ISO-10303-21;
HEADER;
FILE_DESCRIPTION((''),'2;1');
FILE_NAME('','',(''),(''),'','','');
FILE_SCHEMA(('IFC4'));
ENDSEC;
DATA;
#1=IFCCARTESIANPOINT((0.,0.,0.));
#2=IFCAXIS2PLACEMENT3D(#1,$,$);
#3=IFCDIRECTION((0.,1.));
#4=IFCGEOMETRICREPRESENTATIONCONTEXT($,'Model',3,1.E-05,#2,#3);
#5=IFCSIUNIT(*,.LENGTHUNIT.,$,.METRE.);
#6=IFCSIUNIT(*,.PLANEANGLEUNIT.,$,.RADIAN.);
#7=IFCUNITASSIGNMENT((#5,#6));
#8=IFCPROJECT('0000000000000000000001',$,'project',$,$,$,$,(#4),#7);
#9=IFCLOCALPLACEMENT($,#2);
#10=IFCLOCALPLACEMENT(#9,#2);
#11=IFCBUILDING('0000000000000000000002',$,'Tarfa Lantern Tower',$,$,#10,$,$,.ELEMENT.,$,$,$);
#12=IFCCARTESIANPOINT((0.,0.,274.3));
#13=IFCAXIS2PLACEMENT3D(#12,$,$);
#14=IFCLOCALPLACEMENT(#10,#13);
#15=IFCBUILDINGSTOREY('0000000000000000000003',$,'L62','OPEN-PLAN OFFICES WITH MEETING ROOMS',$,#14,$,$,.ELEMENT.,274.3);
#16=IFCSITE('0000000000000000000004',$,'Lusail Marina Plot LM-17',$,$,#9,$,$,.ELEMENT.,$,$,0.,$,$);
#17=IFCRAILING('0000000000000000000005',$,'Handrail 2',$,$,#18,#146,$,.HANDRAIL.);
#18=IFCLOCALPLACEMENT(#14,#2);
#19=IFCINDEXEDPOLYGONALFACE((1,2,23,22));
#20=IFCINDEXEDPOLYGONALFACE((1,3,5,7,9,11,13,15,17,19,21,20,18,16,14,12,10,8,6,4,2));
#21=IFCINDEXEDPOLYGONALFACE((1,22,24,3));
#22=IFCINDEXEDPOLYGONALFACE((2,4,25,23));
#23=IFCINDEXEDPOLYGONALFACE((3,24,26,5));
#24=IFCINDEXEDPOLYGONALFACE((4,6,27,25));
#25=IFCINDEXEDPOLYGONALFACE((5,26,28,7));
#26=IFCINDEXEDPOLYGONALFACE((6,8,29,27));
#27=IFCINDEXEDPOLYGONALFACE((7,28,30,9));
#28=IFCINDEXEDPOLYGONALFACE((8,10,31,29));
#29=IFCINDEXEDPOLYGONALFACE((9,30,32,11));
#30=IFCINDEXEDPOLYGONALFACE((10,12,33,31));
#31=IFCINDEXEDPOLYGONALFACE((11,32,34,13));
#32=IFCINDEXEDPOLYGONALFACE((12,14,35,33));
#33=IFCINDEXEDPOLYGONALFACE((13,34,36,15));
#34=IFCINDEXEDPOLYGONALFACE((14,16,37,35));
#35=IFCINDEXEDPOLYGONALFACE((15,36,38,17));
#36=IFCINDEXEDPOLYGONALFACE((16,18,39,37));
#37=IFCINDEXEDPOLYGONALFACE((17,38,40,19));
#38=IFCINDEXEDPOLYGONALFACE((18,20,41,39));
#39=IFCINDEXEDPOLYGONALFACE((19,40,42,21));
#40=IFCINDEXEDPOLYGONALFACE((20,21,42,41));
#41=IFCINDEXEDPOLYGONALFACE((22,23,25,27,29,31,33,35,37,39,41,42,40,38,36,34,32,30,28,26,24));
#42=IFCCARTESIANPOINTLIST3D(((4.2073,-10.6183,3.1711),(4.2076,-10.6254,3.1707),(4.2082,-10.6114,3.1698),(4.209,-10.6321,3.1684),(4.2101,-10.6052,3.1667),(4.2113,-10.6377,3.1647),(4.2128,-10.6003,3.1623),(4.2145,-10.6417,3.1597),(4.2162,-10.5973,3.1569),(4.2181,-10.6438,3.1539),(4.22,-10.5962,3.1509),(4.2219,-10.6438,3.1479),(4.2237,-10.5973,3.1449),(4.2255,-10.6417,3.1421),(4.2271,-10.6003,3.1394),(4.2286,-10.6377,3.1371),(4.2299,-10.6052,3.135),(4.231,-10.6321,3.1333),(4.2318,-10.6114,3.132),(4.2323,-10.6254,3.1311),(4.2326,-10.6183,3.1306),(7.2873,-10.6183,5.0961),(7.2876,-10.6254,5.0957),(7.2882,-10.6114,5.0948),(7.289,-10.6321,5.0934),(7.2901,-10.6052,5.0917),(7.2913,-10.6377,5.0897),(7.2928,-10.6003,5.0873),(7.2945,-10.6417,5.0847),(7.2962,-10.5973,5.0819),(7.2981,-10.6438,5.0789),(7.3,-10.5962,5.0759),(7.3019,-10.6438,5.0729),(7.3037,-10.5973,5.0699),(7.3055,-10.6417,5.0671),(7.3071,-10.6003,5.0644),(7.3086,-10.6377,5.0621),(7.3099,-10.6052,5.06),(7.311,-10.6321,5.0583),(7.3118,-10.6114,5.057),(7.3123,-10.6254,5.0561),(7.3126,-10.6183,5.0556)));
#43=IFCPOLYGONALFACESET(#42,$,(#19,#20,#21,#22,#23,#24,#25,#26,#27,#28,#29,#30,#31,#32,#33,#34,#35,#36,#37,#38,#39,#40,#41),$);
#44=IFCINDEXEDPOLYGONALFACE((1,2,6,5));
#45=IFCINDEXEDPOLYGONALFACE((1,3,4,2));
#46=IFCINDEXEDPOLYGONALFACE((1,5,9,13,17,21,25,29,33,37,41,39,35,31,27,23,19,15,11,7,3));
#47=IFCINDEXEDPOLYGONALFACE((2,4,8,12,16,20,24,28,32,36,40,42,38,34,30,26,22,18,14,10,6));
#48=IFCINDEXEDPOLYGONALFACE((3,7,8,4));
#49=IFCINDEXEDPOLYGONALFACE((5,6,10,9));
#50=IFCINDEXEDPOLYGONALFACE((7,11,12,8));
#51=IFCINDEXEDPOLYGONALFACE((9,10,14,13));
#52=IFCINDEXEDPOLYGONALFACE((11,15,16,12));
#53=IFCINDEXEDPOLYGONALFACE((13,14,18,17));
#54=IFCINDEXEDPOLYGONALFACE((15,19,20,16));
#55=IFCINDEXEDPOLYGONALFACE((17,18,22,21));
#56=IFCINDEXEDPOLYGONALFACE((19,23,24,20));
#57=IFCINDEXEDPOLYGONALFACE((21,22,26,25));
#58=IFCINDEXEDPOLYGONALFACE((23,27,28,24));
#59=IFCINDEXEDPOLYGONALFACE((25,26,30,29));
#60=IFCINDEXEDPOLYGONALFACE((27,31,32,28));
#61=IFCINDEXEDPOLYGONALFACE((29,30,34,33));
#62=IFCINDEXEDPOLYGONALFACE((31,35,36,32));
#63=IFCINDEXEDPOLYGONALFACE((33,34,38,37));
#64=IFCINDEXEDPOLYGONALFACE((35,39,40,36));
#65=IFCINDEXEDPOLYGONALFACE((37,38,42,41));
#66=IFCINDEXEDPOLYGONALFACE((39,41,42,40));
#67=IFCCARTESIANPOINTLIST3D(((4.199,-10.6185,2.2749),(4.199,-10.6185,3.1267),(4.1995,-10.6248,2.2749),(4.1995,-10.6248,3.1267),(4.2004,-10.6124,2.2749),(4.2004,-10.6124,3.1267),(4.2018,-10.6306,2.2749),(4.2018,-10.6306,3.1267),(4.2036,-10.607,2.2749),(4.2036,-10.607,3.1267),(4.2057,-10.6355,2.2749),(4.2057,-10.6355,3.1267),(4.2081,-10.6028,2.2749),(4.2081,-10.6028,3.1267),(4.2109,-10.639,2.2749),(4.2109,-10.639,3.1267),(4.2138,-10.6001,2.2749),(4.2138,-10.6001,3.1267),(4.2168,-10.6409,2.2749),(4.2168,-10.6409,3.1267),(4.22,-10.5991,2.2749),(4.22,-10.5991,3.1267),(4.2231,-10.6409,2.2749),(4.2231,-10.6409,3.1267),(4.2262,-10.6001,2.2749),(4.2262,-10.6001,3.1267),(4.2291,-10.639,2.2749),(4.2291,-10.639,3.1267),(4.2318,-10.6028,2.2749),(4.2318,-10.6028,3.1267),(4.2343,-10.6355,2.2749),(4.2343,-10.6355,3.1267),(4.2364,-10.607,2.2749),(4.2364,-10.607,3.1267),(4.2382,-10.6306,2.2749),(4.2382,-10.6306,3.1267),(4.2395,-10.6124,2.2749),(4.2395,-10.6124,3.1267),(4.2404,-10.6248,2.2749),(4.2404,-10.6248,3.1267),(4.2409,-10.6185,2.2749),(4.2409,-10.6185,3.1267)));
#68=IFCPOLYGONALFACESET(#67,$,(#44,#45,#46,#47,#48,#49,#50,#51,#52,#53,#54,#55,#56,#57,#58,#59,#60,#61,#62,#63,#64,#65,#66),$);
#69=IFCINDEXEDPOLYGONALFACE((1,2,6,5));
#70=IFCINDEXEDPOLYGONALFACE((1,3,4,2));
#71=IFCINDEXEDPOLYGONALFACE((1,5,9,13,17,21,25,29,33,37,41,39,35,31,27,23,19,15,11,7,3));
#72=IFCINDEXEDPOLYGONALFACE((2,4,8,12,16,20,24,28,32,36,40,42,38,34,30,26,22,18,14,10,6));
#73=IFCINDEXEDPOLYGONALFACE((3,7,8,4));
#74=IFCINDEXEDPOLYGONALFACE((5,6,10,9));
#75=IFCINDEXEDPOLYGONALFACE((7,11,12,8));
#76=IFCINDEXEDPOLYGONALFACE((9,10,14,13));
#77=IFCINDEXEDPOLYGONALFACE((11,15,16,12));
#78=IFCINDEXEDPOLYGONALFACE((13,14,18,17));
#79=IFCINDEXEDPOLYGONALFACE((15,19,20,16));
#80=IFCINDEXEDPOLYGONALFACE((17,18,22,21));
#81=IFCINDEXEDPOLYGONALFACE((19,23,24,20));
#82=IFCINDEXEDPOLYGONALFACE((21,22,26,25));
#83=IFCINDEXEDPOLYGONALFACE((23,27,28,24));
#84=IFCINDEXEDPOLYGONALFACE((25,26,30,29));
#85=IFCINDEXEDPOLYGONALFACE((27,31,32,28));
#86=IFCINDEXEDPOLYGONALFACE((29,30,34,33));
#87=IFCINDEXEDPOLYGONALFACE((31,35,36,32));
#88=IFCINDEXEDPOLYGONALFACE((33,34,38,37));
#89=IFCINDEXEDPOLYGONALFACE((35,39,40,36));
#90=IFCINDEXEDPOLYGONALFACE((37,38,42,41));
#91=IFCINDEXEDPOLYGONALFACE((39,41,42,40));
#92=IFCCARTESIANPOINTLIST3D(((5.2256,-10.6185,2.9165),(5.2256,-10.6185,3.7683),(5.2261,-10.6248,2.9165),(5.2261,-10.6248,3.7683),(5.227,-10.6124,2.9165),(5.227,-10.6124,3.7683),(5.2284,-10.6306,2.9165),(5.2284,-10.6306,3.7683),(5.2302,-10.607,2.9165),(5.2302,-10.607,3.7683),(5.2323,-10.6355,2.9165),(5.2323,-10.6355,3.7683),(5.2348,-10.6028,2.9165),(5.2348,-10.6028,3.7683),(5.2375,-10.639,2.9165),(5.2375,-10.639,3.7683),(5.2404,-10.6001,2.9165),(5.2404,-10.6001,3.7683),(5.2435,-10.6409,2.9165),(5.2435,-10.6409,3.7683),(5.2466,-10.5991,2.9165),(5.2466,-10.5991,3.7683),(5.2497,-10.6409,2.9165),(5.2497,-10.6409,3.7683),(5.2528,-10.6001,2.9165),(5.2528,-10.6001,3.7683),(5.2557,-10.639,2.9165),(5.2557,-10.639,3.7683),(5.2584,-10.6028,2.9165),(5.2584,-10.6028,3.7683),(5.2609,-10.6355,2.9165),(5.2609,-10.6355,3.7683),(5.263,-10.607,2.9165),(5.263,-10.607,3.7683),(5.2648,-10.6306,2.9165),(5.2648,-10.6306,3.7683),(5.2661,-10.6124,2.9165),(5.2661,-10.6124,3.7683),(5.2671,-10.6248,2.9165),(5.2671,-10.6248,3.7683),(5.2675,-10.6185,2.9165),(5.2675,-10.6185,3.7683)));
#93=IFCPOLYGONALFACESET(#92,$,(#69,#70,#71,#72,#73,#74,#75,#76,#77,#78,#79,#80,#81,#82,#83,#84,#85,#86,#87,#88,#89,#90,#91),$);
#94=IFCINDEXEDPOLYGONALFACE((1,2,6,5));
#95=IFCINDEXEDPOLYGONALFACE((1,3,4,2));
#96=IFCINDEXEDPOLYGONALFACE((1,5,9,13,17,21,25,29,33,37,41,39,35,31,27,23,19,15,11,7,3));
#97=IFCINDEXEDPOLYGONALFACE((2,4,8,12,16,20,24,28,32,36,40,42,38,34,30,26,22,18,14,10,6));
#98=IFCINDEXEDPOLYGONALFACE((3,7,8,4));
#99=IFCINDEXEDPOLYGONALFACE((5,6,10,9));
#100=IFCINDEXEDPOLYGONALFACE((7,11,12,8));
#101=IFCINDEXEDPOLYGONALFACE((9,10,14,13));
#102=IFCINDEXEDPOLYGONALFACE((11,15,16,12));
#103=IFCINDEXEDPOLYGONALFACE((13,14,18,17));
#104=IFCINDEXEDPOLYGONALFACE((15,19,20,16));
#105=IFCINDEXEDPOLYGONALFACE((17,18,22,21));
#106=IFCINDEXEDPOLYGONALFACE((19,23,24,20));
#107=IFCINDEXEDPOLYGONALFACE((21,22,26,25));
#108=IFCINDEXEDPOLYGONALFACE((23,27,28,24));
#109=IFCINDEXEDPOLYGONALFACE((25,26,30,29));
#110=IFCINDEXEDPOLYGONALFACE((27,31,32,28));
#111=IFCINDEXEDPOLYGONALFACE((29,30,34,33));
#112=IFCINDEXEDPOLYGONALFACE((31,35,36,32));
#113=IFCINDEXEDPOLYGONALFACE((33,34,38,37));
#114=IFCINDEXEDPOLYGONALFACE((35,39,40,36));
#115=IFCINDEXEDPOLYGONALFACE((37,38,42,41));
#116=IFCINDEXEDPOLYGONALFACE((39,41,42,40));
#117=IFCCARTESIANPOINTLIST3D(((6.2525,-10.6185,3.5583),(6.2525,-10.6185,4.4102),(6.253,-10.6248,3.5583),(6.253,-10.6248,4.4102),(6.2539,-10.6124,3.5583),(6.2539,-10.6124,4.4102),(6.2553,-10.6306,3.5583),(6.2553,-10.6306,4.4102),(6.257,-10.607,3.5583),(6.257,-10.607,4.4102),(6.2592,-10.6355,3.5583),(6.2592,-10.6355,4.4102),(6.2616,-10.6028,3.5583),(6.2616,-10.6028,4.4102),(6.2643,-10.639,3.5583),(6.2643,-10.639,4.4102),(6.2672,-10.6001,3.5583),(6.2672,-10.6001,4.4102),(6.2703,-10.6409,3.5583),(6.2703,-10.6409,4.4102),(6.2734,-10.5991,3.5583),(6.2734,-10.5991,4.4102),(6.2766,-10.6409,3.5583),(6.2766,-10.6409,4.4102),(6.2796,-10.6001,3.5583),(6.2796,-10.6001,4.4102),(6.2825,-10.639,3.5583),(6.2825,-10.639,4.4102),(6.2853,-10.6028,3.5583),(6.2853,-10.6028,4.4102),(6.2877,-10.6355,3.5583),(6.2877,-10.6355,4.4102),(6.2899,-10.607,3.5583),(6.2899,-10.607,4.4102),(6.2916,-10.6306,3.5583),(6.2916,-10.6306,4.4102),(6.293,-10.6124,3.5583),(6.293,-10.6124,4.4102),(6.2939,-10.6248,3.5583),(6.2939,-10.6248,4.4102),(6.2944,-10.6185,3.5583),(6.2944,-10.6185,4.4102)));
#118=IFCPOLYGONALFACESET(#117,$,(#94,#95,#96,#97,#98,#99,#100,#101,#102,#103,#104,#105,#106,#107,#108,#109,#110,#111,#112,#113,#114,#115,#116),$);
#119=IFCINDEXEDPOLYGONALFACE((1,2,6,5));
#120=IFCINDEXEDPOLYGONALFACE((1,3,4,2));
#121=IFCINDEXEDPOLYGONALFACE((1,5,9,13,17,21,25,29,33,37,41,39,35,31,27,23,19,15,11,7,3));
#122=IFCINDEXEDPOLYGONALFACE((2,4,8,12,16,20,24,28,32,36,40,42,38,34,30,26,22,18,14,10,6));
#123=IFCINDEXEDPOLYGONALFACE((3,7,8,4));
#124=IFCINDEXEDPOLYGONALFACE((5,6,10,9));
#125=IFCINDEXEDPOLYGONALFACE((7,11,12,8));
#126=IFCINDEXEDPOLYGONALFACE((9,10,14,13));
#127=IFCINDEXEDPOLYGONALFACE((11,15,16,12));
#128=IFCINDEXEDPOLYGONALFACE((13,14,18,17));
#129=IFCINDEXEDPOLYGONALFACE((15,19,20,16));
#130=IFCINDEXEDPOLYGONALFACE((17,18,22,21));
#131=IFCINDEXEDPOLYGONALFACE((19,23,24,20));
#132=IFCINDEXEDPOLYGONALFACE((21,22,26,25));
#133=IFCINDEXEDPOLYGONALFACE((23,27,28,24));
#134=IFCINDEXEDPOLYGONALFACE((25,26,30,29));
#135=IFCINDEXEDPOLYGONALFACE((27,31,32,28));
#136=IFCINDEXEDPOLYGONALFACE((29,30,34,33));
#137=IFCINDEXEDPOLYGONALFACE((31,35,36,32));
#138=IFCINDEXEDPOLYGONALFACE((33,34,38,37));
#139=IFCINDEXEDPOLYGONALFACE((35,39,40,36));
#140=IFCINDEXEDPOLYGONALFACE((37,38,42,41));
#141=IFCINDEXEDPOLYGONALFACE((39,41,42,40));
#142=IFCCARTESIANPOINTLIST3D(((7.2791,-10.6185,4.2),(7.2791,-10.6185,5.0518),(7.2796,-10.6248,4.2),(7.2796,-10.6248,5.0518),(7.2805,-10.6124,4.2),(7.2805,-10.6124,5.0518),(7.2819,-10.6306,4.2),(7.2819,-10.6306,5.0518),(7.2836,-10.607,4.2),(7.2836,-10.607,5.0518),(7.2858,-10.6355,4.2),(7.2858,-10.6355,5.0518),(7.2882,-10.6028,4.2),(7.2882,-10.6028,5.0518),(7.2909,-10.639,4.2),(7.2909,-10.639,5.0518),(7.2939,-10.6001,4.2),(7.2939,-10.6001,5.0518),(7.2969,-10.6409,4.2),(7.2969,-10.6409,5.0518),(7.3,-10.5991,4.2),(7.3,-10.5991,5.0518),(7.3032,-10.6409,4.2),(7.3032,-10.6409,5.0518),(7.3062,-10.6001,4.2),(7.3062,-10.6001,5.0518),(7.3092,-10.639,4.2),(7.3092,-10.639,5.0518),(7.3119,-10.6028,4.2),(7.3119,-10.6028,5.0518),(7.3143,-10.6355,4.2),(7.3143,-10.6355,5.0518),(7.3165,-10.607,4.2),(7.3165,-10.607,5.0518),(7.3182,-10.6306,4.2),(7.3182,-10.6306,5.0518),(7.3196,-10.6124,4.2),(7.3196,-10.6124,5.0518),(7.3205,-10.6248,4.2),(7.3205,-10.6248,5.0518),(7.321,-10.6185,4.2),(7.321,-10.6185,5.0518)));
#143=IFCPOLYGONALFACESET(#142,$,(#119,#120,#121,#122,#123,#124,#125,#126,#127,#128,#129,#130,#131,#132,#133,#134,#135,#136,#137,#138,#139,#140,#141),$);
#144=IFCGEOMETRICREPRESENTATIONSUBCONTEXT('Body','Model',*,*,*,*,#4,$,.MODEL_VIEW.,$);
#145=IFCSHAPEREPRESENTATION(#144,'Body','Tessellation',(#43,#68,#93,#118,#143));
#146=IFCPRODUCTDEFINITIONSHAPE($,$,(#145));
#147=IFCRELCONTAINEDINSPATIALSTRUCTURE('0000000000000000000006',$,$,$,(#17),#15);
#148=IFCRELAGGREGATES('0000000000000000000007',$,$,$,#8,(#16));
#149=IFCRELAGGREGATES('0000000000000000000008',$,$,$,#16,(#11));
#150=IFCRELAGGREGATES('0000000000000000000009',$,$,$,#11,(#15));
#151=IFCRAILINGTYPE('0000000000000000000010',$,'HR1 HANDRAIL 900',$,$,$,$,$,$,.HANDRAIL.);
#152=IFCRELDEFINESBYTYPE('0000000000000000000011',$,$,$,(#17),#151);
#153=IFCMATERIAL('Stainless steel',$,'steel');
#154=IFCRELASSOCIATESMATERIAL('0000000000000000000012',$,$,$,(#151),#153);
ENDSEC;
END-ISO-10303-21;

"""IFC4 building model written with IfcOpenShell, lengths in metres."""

from ifc_helpers import new_model, si_unit, direction, frame, origin, origin_2d, place, context, subcontext, project, spatial, circle, extrude, material, type_object, element, save


model = new_model("IFC4")

# Units and contexts
model_context = context("Model", 3, precision=1e-05, world=origin(), true_north=direction((0.0, 1.0)))
body_context = subcontext(model_context, "Body", "Model", "MODEL_VIEW")
ifc_project = project(units=[si_unit("LENGTHUNIT", "METRE"), si_unit("PLANEANGLEUNIT", "RADIAN")], contexts=[model_context])

# Site, building, storey
site_placement = place(None, origin())
site = spatial("IfcSite", under=ifc_project, at=site_placement, Name="Lusail Marina Plot LM-17", CompositionType="ELEMENT", RefElevation=0.0)
building_placement = place(site_placement, origin())
building = spatial("IfcBuilding", under=site, at=building_placement, Name="Tarfa Lantern Tower", CompositionType="ELEMENT")
storey_placement = place(building_placement, frame((0.0, 0.0, 274.3)))
storey = spatial("IfcBuildingStorey", under=building, at=storey_placement, Name="L62", Description="OPEN-PLAN OFFICES WITH MEETING ROOMS", CompositionType="ELEMENT", Elevation=274.3)

# Railing
ifc_material_1 = material(Name="Stainless steel", Category="steel")
railing_type = type_object("IfcRailingType", Name="HR1 HANDRAIL 900", PredefinedType="HANDRAIL", material=ifc_material_1)
railing_1_placement = place(storey_placement, frame((4.22, -10.6201, 2.2749)))
element("IfcRailing", 1, at=railing_1_placement, inside=storey, type_object=railing_type, Name="Handrail 2", PredefinedType="HANDRAIL", context=body_context, shape_type="SweptSolid", body=[
    extrude(circle(Radius=0.0239, at=origin_2d()), frame((0.0, 0.0, 0.876), z_axis=(0.847998, 0.0, 0.529999), x_axis=(0.0, 1.0, 0.0)), (0.0, 0.0, 1.0), 3.6321),
    extrude(circle(Radius=0.021, at=origin_2d()), frame((0.0, 0.0, 0.0), z_axis=(0.0, 0.0, 1.0), x_axis=(0.0, 1.0, 0.0)), (0.0, 0.0, 1.0), 0.8518),
    extrude(circle(Radius=0.021, at=origin_2d()), frame((1.0266, 0.0, 0.6416), z_axis=(0.0, 0.0, 1.0), x_axis=(0.0, 1.0, 0.0)), (0.0, 0.0, 1.0), 0.8518),
    extrude(circle(Radius=0.021, at=origin_2d()), frame((2.0535, 0.0, 1.2834), z_axis=(0.0, 0.0, 1.0), x_axis=(0.0, 1.0, 0.0)), (0.0, 0.0, 1.0), 0.8518),
    extrude(circle(Radius=0.021, at=origin_2d()), frame((3.0801, 0.0, 1.925), z_axis=(0.0, 0.0, 1.0), x_axis=(0.0, 1.0, 0.0)), (0.0, 0.0, 1.0), 0.8518),
])

save(model, "model.ifc")
